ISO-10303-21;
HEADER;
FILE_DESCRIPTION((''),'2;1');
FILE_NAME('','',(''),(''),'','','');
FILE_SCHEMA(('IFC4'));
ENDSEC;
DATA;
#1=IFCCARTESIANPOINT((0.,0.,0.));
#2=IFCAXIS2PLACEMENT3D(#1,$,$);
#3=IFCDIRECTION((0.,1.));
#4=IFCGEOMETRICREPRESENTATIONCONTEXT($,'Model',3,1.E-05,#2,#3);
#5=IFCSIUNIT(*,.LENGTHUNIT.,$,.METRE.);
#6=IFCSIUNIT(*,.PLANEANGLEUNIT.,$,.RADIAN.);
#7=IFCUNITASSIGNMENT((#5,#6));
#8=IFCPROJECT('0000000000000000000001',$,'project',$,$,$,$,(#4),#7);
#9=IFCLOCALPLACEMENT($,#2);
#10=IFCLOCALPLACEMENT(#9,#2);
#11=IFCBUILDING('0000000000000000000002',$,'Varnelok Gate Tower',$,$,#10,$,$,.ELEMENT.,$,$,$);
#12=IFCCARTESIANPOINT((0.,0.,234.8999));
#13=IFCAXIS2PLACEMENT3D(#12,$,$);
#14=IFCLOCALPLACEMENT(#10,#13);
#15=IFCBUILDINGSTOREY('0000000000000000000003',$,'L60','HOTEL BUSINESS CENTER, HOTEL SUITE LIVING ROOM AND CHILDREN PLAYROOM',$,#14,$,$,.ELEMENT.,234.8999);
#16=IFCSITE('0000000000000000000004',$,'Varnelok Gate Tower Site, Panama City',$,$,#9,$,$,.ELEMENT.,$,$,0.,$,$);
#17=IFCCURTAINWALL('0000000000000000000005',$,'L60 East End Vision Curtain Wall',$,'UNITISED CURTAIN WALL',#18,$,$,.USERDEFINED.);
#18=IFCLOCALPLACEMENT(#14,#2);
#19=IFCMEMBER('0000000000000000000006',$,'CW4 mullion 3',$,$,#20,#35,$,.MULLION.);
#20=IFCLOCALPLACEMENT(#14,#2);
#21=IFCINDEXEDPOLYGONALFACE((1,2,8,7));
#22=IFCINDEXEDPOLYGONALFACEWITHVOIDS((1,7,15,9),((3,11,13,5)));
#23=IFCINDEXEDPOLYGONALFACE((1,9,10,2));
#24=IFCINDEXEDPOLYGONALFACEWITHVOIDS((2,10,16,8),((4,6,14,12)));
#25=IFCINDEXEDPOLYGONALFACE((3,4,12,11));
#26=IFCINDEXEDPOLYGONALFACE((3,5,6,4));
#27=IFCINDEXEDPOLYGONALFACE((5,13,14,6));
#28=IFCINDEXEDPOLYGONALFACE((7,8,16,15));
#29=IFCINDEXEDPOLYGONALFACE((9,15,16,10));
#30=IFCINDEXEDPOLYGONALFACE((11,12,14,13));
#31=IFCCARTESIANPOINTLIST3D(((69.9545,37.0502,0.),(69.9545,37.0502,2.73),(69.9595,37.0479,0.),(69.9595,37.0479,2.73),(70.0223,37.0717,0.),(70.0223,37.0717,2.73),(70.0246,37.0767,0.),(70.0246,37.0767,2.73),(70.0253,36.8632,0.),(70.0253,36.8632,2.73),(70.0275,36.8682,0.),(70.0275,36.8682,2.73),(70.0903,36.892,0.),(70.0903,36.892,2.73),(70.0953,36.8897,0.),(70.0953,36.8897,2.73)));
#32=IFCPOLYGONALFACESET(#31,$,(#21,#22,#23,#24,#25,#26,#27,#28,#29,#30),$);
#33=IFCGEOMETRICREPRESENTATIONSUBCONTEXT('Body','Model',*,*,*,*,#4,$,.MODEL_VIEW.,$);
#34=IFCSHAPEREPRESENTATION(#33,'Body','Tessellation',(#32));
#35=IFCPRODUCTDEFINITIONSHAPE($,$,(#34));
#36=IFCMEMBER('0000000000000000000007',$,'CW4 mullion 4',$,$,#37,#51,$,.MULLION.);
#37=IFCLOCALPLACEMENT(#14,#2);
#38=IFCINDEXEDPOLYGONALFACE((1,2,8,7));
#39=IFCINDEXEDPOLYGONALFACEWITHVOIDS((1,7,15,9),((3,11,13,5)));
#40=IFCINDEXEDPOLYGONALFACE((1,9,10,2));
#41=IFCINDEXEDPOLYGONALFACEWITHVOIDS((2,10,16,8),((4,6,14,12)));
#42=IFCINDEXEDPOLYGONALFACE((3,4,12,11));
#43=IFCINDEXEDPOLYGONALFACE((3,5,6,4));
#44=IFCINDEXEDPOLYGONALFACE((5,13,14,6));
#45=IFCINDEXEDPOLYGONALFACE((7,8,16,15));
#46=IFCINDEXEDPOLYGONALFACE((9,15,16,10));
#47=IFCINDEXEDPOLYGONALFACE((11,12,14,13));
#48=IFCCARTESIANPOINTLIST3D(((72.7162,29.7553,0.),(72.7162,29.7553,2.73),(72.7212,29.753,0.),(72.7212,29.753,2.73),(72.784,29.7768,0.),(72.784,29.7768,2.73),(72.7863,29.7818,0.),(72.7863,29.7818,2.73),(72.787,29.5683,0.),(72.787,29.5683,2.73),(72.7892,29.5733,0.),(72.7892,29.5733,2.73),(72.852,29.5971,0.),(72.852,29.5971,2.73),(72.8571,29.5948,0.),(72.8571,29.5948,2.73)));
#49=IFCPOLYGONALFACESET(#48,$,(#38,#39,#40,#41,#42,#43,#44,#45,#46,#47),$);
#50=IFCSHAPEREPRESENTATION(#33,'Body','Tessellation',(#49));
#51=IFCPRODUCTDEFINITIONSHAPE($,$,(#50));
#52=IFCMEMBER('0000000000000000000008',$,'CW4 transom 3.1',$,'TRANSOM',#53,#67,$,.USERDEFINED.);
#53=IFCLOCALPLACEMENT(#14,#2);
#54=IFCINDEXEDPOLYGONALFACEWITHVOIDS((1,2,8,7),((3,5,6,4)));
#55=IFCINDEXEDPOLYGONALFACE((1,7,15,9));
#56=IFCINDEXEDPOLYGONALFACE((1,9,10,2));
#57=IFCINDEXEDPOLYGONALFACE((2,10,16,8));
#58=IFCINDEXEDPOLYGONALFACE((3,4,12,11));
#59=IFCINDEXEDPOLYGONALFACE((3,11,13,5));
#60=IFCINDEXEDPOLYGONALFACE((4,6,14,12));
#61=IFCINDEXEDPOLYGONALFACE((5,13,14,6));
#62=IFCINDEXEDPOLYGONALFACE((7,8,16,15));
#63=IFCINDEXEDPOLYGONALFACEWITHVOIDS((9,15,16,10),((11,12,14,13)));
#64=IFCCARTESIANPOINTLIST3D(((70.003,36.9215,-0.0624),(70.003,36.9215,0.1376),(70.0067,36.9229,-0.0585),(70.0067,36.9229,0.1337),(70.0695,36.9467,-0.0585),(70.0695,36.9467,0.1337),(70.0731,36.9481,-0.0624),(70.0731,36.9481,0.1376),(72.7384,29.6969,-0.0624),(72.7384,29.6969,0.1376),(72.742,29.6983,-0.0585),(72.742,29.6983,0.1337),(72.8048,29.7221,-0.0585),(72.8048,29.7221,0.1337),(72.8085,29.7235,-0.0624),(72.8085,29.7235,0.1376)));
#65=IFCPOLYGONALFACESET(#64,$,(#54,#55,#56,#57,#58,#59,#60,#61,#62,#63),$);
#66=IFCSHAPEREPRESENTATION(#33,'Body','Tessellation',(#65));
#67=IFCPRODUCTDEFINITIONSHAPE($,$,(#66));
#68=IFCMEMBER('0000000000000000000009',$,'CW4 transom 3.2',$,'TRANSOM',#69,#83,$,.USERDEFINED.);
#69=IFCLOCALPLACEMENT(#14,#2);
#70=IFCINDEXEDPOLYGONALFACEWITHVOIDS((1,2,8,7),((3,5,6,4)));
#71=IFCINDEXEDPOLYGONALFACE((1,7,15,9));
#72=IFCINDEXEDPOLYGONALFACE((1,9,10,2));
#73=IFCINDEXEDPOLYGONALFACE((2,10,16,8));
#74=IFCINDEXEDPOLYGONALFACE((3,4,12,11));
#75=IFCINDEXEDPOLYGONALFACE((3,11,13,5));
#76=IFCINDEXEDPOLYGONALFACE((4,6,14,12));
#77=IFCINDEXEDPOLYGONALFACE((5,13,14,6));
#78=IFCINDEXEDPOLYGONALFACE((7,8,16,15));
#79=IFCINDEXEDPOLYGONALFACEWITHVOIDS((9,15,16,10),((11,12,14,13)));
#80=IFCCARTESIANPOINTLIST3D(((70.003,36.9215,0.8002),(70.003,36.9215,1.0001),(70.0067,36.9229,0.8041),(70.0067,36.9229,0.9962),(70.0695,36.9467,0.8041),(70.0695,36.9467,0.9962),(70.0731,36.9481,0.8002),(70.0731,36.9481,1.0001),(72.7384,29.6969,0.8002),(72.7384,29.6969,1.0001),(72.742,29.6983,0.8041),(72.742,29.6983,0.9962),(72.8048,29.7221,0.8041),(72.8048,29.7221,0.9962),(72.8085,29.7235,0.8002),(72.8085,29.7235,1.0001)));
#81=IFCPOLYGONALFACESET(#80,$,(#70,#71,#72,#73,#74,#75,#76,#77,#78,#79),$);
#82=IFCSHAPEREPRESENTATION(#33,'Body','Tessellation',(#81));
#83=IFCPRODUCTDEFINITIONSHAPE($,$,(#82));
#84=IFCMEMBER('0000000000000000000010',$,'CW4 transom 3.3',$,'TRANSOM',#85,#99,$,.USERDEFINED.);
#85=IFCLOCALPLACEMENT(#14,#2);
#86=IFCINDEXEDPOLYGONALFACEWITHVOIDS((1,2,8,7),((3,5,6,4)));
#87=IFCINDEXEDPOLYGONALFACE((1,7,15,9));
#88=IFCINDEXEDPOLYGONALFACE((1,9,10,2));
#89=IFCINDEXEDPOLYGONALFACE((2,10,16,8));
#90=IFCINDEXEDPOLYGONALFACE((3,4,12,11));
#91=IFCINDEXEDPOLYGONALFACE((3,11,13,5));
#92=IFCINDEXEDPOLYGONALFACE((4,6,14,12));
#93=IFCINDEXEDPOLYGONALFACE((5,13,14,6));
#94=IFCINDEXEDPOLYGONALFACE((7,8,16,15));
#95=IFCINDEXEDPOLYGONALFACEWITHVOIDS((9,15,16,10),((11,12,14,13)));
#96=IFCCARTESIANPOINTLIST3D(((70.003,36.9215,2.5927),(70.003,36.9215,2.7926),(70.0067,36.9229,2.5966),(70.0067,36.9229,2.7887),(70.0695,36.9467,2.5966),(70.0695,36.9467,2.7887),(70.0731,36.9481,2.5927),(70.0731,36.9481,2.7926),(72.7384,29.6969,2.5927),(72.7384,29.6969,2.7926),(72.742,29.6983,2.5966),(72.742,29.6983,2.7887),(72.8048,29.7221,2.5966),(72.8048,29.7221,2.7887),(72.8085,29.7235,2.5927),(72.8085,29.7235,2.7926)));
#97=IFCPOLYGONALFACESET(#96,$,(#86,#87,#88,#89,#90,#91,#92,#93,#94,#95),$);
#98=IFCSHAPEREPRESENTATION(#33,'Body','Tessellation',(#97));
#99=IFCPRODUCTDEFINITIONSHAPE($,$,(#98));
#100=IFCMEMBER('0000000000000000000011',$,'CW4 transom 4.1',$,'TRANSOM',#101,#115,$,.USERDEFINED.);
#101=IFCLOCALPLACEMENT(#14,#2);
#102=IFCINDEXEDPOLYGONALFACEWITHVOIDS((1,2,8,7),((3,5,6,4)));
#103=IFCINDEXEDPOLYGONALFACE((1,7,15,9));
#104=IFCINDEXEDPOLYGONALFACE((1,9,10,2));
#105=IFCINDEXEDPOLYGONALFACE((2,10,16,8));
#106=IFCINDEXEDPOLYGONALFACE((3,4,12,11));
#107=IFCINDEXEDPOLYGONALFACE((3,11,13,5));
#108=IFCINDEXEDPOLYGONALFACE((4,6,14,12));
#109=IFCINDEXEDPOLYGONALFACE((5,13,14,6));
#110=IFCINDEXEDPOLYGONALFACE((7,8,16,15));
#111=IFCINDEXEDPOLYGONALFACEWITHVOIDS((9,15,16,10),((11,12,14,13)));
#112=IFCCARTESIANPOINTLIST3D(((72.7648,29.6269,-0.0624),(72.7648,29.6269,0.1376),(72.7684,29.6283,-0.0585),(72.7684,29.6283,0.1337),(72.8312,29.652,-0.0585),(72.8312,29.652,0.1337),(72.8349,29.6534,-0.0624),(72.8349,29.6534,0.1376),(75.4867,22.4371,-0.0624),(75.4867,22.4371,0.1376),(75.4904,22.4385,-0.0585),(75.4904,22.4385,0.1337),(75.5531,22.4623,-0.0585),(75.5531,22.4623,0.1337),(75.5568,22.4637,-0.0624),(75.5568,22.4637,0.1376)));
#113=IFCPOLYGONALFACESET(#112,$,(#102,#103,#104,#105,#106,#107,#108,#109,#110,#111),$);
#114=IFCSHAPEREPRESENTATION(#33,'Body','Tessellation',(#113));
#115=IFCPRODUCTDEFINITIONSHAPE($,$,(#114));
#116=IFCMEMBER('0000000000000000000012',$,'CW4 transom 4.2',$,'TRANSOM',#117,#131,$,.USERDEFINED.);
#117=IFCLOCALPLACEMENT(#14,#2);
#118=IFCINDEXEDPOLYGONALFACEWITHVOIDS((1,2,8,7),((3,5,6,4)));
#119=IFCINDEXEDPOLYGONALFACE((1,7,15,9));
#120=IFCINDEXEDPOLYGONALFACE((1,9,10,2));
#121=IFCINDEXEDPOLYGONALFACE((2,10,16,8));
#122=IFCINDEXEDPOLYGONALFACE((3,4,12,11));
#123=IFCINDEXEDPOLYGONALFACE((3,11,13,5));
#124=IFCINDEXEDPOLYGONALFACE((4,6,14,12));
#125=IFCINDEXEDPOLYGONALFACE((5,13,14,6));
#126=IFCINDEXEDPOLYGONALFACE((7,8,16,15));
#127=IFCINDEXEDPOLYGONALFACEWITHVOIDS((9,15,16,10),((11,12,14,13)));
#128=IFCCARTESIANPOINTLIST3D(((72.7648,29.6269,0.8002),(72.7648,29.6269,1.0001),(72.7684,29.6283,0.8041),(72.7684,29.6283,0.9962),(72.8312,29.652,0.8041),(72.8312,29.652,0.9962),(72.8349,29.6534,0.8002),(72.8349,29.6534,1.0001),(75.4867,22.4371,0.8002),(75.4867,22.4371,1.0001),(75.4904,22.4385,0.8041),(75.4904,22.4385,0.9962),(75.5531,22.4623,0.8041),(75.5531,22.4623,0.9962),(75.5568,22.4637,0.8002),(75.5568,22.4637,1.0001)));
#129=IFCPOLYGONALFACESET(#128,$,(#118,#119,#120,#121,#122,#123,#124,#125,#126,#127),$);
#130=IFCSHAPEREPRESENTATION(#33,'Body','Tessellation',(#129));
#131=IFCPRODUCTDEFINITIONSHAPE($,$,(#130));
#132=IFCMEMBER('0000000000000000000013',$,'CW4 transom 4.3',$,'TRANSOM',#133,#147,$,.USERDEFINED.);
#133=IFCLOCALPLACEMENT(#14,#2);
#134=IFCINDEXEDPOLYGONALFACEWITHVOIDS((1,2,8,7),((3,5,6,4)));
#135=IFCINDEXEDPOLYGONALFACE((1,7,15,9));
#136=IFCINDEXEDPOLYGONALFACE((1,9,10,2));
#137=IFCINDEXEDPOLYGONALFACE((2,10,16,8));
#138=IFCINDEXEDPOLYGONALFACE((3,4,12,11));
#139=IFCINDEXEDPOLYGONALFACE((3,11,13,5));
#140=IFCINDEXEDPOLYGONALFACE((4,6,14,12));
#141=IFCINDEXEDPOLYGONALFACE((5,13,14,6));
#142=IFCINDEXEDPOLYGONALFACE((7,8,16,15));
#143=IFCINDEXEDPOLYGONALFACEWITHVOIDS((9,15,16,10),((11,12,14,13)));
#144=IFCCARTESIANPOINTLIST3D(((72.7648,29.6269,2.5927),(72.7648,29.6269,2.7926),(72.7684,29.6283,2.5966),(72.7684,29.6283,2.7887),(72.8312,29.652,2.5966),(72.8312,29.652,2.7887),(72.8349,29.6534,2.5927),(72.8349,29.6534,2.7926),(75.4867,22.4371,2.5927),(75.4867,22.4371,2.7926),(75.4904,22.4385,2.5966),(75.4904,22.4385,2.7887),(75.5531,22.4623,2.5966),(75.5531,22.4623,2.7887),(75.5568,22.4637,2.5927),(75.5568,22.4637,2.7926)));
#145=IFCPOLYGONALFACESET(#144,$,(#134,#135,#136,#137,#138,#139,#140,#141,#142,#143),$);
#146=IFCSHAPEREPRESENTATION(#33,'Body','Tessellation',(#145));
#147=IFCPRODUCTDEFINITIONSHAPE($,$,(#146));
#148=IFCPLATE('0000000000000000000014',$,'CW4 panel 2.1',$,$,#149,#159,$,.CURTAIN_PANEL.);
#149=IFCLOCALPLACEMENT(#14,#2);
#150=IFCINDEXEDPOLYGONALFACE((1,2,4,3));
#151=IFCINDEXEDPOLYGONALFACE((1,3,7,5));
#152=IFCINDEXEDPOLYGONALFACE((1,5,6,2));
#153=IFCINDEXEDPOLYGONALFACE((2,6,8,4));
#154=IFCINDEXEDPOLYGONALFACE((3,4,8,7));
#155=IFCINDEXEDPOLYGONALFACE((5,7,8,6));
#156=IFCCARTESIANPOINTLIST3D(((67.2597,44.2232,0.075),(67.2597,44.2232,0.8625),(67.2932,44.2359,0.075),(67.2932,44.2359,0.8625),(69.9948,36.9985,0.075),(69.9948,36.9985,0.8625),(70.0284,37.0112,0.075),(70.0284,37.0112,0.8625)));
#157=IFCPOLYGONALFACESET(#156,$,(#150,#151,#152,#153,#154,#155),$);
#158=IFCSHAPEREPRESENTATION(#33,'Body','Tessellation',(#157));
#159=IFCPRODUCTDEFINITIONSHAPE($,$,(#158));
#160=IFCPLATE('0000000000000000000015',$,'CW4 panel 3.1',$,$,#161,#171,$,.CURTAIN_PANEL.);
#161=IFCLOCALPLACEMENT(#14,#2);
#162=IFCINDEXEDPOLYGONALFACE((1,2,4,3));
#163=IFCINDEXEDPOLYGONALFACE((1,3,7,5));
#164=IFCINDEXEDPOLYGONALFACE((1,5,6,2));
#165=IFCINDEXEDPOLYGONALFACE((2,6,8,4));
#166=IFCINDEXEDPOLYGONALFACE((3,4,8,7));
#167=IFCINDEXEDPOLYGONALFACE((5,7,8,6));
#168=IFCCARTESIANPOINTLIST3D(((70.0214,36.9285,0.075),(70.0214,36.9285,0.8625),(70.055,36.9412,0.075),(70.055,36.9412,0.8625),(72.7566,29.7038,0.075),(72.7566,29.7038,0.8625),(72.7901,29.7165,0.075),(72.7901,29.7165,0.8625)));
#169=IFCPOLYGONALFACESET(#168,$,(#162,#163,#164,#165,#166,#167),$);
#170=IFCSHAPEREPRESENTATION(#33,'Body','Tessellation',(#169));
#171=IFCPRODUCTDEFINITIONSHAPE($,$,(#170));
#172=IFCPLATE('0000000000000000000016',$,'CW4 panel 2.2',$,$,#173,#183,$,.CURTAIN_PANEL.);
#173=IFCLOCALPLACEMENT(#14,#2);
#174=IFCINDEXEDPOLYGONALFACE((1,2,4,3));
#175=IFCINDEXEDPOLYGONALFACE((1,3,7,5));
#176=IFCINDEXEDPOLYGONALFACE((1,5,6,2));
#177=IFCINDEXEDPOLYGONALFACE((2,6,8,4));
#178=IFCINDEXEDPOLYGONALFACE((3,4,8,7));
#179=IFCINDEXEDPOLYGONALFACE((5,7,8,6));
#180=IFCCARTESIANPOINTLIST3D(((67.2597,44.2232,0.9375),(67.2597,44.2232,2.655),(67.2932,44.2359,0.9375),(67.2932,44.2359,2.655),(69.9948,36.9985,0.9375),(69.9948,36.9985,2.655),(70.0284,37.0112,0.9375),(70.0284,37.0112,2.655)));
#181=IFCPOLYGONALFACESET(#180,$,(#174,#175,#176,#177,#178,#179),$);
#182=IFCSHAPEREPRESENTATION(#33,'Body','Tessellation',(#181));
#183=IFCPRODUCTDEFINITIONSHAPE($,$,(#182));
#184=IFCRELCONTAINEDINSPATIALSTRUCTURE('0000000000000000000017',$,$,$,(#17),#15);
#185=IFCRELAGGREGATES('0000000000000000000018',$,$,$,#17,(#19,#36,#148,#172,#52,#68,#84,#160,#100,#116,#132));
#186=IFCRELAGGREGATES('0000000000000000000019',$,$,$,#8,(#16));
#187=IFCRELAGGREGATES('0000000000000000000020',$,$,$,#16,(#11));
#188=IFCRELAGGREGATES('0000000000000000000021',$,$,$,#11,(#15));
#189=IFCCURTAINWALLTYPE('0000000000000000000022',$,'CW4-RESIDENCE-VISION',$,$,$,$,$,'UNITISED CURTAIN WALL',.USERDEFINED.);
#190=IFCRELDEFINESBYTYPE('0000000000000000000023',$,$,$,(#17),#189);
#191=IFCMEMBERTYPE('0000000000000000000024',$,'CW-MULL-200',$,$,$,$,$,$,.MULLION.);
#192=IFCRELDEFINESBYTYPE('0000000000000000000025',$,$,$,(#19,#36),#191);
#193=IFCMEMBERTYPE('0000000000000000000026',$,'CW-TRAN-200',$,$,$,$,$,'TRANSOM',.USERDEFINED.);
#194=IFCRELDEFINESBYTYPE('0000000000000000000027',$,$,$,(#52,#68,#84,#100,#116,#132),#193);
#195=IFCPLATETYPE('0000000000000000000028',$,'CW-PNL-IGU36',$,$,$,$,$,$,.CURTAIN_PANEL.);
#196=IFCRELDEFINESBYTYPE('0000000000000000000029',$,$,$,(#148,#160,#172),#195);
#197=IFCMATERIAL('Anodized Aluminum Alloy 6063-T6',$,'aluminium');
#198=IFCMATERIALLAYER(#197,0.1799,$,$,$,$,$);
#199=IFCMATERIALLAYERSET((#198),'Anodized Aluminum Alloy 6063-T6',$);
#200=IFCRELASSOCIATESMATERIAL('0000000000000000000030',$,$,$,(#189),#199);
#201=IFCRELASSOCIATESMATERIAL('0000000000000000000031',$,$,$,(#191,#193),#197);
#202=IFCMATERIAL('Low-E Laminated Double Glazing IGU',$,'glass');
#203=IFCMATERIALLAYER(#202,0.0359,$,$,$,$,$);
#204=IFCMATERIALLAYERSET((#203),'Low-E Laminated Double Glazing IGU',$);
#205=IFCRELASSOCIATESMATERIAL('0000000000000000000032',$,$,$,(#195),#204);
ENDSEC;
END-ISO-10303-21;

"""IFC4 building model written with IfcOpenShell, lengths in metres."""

from ifc_helpers import new_model, si_unit, direction, frame, origin, origin_2d, place, context, subcontext, project, spatial, rectangle, hollow_rectangle, extrude, source, transform, mapped, material, layer, layer_set, material_profile, profile_set, type_object, element, aggregate, save


model = new_model("IFC4")

# Units and contexts
model_context = context("Model", 3, precision=1e-05, world=origin(), true_north=direction((0.0, 1.0)))
body_context = subcontext(model_context, "Body", "Model", "MODEL_VIEW")
ifc_project = project(units=[si_unit("LENGTHUNIT", "METRE"), si_unit("PLANEANGLEUNIT", "RADIAN")], contexts=[model_context])

# Site, building, storey
site_placement = place(None, origin())
site = spatial("IfcSite", under=ifc_project, at=site_placement, Name="Varnelok Gate Tower Site, Panama City", CompositionType="ELEMENT", RefElevation=0.0)
building_placement = place(site_placement, origin())
building = spatial("IfcBuilding", under=site, at=building_placement, Name="Varnelok Gate Tower", CompositionType="ELEMENT")
storey_placement = place(building_placement, frame((0.0, 0.0, 234.8999)))
storey = spatial("IfcBuildingStorey", under=building, at=storey_placement, Name="L60", Description="HOTEL BUSINESS CENTER, HOTEL SUITE LIVING ROOM AND CHILDREN PLAYROOM", CompositionType="ELEMENT", Elevation=234.8999)

# Curtain wall, members, plates
ifc_material_1 = material(Name="Anodized Aluminum Alloy 6063-T6", Category="aluminium")
ifc_layer_1 = layer(ifc_material_1, 0.1799)
ifc_layer_set_1 = layer_set([ifc_layer_1], Name="Anodized Aluminum Alloy 6063-T6")
curtain_wall_type = type_object("IfcCurtainWallType", Name="CW4-RESIDENCE-VISION", ElementType="UNITISED CURTAIN WALL", PredefinedType="USERDEFINED", material=ifc_layer_set_1)
curtain_wall_placement = place(storey_placement, origin())
curtain_wall = element("IfcCurtainWall", 1, at=curtain_wall_placement, inside=storey, type_object=curtain_wall_type, Name="L60 East End Vision Curtain Wall", ObjectType="UNITISED CURTAIN WALL", PredefinedType="USERDEFINED")
ifc_material_profile_1 = material_profile(ifc_material_1, hollow_rectangle(XDim=0.075, YDim=0.2, WallThickness=0.0039, at=origin_2d()), Name="ALU200X75X4")
ifc_profile_set_1 = profile_set([ifc_material_profile_1], Name="Anodized Aluminum Alloy 6063-T6")
member_type_1 = type_object("IfcMemberType", Name="CW-MULL-200", PredefinedType="MULLION", material=ifc_profile_set_1)
member_1_placement = place(storey_placement, frame((70.0249, 36.97, 0.0), z_axis=(0.0, 0.0, 1.0), x_axis=(0.935222, 0.354063, 0.0)))
member_1 = element("IfcMember", 2, at=member_1_placement, type_object=member_type_1, Name="CW4 mullion 3", PredefinedType="MULLION", context=body_context, shape_type="SweptSolid", body=[
    extrude(hollow_rectangle(XDim=0.075, YDim=0.2, WallThickness=0.0039, at=origin_2d()), origin(), (0.0, 0.0, 1.0), 2.73),
])
member_2_placement = place(storey_placement, frame((72.7866, 29.675, 0.0), z_axis=(0.0, 0.0, 1.0), x_axis=(0.935222, 0.354063, 0.0)))
member_2 = element("IfcMember", 3, at=member_2_placement, type_object=member_type_1, Name="CW4 mullion 4", PredefinedType="MULLION", context=body_context, shape_type="SweptSolid", body=[
    extrude(hollow_rectangle(XDim=0.075, YDim=0.2, WallThickness=0.0039, at=origin_2d()), origin(), (0.0, 0.0, 1.0), 2.73),
])
ifc_material_profile_2 = material_profile(ifc_material_1, hollow_rectangle(XDim=0.075, YDim=0.2, WallThickness=0.0039, at=origin_2d()), Name="ALU200X75X4")
ifc_profile_set_2 = profile_set([ifc_material_profile_2], Name="Anodized Aluminum Alloy 6063-T6")
member_type_2 = type_object("IfcMemberType", Name="CW-TRAN-200", ElementType="TRANSOM", PredefinedType="USERDEFINED", material=ifc_profile_set_2)
member_3_placement = place(storey_placement, frame((70.0381, 36.9348, 0.0376), z_axis=(0.354086, -0.935213, 0.0), x_axis=(0.935213, 0.354086, 0.0)))
member_3 = element("IfcMember", 4, at=member_3_placement, type_object=member_type_2, Name="CW4 transom 3.1", ObjectType="TRANSOM", PredefinedType="USERDEFINED", context=body_context, shape_type="SweptSolid", body=[
    extrude(hollow_rectangle(XDim=0.075, YDim=0.2, WallThickness=0.0039, at=origin_2d()), origin(), (0.0, 0.0, 1.0), 7.7251),
])
member_4_placement = place(storey_placement, frame((70.0381, 36.9348, 0.9001), z_axis=(0.354086, -0.935213, 0.0), x_axis=(0.935213, 0.354086, 0.0)))
member_4 = element("IfcMember", 5, at=member_4_placement, type_object=member_type_2, Name="CW4 transom 3.2", ObjectType="TRANSOM", PredefinedType="USERDEFINED", context=body_context, shape_type="SweptSolid", body=[
    extrude(hollow_rectangle(XDim=0.075, YDim=0.2, WallThickness=0.0039, at=origin_2d()), origin(), (0.0, 0.0, 1.0), 7.7251),
])
member_5_placement = place(storey_placement, frame((70.0381, 36.9348, 2.6926), z_axis=(0.354086, -0.935213, 0.0), x_axis=(0.935213, 0.354086, 0.0)))
member_5 = element("IfcMember", 6, at=member_5_placement, type_object=member_type_2, Name="CW4 transom 3.3", ObjectType="TRANSOM", PredefinedType="USERDEFINED", context=body_context, shape_type="SweptSolid", body=[
    extrude(hollow_rectangle(XDim=0.075, YDim=0.2, WallThickness=0.0039, at=origin_2d()), origin(), (0.0, 0.0, 1.0), 7.7251),
])
member_6_placement = place(storey_placement, frame((72.7998, 29.6401, 0.0376), z_axis=(0.354063, -0.935222, 0.0), x_axis=(0.935222, 0.354063, 0.0)))
member_6 = element("IfcMember", 7, at=member_6_placement, type_object=member_type_2, Name="CW4 transom 4.1", ObjectType="TRANSOM", PredefinedType="USERDEFINED", context=body_context, shape_type="SweptSolid", body=[
    extrude(hollow_rectangle(XDim=0.075, YDim=0.2, WallThickness=0.0039, at=origin_2d()), origin(), (0.0, 0.0, 1.0), 7.6877),
])
member_7_placement = place(storey_placement, frame((72.7998, 29.6401, 0.9001), z_axis=(0.354063, -0.935222, 0.0), x_axis=(0.935222, 0.354063, 0.0)))
member_7 = element("IfcMember", 8, at=member_7_placement, type_object=member_type_2, Name="CW4 transom 4.2", ObjectType="TRANSOM", PredefinedType="USERDEFINED", context=body_context, shape_type="SweptSolid", body=[
    extrude(hollow_rectangle(XDim=0.075, YDim=0.2, WallThickness=0.0039, at=origin_2d()), origin(), (0.0, 0.0, 1.0), 7.6877),
])
member_8_placement = place(storey_placement, frame((72.7998, 29.6401, 2.6926), z_axis=(0.354063, -0.935222, 0.0), x_axis=(0.935222, 0.354063, 0.0)))
member_8 = element("IfcMember", 9, at=member_8_placement, type_object=member_type_2, Name="CW4 transom 4.3", ObjectType="TRANSOM", PredefinedType="USERDEFINED", context=body_context, shape_type="SweptSolid", body=[
    extrude(hollow_rectangle(XDim=0.075, YDim=0.2, WallThickness=0.0039, at=origin_2d()), origin(), (0.0, 0.0, 1.0), 7.6877),
])
ifc_material_2 = material(Name="Low-E Laminated Double Glazing IGU", Category="glass")
ifc_layer_2 = layer(ifc_material_2, 0.0359)
ifc_layer_set_2 = layer_set([ifc_layer_2], Name="Low-E Laminated Double Glazing IGU")
plate_type = type_object("IfcPlateType", Name="CW-PNL-IGU36", PredefinedType="CURTAIN_PANEL", material=ifc_layer_set_2)
shared_shape_1 = source(origin(), body_context, "Body", "SweptSolid", [
    extrude(rectangle(XDim=7.7251, YDim=0.0359, at=origin_2d()), origin(), (0.0, 0.0, 1.0), 0.7876),
])
plate_1_placement = place(storey_placement, frame((68.644, 40.6172, 0.075), z_axis=(0.0, 0.0, 1.0), x_axis=(0.354063, -0.935222, 0.0)))
plate_1 = element("IfcPlate", 10, at=plate_1_placement, type_object=plate_type, Name="CW4 panel 2.1", PredefinedType="CURTAIN_PANEL", context=body_context, shape_type="MappedRepresentation", body=[
    mapped(shared_shape_1, transform((0.0, 0.0, 0.0), scale=1.0)),
])
plate_2_placement = place(storey_placement, frame((71.4058, 33.3225, 0.075), z_axis=(0.0, 0.0, 1.0), x_axis=(0.354063, -0.935222, 0.0)))
plate_2 = element("IfcPlate", 11, at=plate_2_placement, type_object=plate_type, Name="CW4 panel 3.1", PredefinedType="CURTAIN_PANEL", context=body_context, shape_type="MappedRepresentation", body=[
    mapped(shared_shape_1, transform((0.0, 0.0, 0.0), scale=1.0)),
])
shared_shape_2 = source(origin(), body_context, "Body", "SweptSolid", [
    extrude(rectangle(XDim=7.7251, YDim=0.0359, at=origin_2d()), origin(), (0.0, 0.0, 1.0), 1.7175),
])
plate_3_placement = place(storey_placement, frame((68.644, 40.6172, 0.9375), z_axis=(0.0, 0.0, 1.0), x_axis=(0.354063, -0.935222, 0.0)))
plate_3 = element("IfcPlate", 12, at=plate_3_placement, type_object=plate_type, Name="CW4 panel 2.2", PredefinedType="CURTAIN_PANEL", context=body_context, shape_type="MappedRepresentation", body=[
    mapped(shared_shape_2, transform((0.0, 0.0, 0.0), scale=1.0)),
])
aggregate(curtain_wall, [member_1, member_2, plate_1, plate_3, member_3, member_4, member_5, plate_2, member_6, member_7, member_8])

save(model, "model.ifc")
